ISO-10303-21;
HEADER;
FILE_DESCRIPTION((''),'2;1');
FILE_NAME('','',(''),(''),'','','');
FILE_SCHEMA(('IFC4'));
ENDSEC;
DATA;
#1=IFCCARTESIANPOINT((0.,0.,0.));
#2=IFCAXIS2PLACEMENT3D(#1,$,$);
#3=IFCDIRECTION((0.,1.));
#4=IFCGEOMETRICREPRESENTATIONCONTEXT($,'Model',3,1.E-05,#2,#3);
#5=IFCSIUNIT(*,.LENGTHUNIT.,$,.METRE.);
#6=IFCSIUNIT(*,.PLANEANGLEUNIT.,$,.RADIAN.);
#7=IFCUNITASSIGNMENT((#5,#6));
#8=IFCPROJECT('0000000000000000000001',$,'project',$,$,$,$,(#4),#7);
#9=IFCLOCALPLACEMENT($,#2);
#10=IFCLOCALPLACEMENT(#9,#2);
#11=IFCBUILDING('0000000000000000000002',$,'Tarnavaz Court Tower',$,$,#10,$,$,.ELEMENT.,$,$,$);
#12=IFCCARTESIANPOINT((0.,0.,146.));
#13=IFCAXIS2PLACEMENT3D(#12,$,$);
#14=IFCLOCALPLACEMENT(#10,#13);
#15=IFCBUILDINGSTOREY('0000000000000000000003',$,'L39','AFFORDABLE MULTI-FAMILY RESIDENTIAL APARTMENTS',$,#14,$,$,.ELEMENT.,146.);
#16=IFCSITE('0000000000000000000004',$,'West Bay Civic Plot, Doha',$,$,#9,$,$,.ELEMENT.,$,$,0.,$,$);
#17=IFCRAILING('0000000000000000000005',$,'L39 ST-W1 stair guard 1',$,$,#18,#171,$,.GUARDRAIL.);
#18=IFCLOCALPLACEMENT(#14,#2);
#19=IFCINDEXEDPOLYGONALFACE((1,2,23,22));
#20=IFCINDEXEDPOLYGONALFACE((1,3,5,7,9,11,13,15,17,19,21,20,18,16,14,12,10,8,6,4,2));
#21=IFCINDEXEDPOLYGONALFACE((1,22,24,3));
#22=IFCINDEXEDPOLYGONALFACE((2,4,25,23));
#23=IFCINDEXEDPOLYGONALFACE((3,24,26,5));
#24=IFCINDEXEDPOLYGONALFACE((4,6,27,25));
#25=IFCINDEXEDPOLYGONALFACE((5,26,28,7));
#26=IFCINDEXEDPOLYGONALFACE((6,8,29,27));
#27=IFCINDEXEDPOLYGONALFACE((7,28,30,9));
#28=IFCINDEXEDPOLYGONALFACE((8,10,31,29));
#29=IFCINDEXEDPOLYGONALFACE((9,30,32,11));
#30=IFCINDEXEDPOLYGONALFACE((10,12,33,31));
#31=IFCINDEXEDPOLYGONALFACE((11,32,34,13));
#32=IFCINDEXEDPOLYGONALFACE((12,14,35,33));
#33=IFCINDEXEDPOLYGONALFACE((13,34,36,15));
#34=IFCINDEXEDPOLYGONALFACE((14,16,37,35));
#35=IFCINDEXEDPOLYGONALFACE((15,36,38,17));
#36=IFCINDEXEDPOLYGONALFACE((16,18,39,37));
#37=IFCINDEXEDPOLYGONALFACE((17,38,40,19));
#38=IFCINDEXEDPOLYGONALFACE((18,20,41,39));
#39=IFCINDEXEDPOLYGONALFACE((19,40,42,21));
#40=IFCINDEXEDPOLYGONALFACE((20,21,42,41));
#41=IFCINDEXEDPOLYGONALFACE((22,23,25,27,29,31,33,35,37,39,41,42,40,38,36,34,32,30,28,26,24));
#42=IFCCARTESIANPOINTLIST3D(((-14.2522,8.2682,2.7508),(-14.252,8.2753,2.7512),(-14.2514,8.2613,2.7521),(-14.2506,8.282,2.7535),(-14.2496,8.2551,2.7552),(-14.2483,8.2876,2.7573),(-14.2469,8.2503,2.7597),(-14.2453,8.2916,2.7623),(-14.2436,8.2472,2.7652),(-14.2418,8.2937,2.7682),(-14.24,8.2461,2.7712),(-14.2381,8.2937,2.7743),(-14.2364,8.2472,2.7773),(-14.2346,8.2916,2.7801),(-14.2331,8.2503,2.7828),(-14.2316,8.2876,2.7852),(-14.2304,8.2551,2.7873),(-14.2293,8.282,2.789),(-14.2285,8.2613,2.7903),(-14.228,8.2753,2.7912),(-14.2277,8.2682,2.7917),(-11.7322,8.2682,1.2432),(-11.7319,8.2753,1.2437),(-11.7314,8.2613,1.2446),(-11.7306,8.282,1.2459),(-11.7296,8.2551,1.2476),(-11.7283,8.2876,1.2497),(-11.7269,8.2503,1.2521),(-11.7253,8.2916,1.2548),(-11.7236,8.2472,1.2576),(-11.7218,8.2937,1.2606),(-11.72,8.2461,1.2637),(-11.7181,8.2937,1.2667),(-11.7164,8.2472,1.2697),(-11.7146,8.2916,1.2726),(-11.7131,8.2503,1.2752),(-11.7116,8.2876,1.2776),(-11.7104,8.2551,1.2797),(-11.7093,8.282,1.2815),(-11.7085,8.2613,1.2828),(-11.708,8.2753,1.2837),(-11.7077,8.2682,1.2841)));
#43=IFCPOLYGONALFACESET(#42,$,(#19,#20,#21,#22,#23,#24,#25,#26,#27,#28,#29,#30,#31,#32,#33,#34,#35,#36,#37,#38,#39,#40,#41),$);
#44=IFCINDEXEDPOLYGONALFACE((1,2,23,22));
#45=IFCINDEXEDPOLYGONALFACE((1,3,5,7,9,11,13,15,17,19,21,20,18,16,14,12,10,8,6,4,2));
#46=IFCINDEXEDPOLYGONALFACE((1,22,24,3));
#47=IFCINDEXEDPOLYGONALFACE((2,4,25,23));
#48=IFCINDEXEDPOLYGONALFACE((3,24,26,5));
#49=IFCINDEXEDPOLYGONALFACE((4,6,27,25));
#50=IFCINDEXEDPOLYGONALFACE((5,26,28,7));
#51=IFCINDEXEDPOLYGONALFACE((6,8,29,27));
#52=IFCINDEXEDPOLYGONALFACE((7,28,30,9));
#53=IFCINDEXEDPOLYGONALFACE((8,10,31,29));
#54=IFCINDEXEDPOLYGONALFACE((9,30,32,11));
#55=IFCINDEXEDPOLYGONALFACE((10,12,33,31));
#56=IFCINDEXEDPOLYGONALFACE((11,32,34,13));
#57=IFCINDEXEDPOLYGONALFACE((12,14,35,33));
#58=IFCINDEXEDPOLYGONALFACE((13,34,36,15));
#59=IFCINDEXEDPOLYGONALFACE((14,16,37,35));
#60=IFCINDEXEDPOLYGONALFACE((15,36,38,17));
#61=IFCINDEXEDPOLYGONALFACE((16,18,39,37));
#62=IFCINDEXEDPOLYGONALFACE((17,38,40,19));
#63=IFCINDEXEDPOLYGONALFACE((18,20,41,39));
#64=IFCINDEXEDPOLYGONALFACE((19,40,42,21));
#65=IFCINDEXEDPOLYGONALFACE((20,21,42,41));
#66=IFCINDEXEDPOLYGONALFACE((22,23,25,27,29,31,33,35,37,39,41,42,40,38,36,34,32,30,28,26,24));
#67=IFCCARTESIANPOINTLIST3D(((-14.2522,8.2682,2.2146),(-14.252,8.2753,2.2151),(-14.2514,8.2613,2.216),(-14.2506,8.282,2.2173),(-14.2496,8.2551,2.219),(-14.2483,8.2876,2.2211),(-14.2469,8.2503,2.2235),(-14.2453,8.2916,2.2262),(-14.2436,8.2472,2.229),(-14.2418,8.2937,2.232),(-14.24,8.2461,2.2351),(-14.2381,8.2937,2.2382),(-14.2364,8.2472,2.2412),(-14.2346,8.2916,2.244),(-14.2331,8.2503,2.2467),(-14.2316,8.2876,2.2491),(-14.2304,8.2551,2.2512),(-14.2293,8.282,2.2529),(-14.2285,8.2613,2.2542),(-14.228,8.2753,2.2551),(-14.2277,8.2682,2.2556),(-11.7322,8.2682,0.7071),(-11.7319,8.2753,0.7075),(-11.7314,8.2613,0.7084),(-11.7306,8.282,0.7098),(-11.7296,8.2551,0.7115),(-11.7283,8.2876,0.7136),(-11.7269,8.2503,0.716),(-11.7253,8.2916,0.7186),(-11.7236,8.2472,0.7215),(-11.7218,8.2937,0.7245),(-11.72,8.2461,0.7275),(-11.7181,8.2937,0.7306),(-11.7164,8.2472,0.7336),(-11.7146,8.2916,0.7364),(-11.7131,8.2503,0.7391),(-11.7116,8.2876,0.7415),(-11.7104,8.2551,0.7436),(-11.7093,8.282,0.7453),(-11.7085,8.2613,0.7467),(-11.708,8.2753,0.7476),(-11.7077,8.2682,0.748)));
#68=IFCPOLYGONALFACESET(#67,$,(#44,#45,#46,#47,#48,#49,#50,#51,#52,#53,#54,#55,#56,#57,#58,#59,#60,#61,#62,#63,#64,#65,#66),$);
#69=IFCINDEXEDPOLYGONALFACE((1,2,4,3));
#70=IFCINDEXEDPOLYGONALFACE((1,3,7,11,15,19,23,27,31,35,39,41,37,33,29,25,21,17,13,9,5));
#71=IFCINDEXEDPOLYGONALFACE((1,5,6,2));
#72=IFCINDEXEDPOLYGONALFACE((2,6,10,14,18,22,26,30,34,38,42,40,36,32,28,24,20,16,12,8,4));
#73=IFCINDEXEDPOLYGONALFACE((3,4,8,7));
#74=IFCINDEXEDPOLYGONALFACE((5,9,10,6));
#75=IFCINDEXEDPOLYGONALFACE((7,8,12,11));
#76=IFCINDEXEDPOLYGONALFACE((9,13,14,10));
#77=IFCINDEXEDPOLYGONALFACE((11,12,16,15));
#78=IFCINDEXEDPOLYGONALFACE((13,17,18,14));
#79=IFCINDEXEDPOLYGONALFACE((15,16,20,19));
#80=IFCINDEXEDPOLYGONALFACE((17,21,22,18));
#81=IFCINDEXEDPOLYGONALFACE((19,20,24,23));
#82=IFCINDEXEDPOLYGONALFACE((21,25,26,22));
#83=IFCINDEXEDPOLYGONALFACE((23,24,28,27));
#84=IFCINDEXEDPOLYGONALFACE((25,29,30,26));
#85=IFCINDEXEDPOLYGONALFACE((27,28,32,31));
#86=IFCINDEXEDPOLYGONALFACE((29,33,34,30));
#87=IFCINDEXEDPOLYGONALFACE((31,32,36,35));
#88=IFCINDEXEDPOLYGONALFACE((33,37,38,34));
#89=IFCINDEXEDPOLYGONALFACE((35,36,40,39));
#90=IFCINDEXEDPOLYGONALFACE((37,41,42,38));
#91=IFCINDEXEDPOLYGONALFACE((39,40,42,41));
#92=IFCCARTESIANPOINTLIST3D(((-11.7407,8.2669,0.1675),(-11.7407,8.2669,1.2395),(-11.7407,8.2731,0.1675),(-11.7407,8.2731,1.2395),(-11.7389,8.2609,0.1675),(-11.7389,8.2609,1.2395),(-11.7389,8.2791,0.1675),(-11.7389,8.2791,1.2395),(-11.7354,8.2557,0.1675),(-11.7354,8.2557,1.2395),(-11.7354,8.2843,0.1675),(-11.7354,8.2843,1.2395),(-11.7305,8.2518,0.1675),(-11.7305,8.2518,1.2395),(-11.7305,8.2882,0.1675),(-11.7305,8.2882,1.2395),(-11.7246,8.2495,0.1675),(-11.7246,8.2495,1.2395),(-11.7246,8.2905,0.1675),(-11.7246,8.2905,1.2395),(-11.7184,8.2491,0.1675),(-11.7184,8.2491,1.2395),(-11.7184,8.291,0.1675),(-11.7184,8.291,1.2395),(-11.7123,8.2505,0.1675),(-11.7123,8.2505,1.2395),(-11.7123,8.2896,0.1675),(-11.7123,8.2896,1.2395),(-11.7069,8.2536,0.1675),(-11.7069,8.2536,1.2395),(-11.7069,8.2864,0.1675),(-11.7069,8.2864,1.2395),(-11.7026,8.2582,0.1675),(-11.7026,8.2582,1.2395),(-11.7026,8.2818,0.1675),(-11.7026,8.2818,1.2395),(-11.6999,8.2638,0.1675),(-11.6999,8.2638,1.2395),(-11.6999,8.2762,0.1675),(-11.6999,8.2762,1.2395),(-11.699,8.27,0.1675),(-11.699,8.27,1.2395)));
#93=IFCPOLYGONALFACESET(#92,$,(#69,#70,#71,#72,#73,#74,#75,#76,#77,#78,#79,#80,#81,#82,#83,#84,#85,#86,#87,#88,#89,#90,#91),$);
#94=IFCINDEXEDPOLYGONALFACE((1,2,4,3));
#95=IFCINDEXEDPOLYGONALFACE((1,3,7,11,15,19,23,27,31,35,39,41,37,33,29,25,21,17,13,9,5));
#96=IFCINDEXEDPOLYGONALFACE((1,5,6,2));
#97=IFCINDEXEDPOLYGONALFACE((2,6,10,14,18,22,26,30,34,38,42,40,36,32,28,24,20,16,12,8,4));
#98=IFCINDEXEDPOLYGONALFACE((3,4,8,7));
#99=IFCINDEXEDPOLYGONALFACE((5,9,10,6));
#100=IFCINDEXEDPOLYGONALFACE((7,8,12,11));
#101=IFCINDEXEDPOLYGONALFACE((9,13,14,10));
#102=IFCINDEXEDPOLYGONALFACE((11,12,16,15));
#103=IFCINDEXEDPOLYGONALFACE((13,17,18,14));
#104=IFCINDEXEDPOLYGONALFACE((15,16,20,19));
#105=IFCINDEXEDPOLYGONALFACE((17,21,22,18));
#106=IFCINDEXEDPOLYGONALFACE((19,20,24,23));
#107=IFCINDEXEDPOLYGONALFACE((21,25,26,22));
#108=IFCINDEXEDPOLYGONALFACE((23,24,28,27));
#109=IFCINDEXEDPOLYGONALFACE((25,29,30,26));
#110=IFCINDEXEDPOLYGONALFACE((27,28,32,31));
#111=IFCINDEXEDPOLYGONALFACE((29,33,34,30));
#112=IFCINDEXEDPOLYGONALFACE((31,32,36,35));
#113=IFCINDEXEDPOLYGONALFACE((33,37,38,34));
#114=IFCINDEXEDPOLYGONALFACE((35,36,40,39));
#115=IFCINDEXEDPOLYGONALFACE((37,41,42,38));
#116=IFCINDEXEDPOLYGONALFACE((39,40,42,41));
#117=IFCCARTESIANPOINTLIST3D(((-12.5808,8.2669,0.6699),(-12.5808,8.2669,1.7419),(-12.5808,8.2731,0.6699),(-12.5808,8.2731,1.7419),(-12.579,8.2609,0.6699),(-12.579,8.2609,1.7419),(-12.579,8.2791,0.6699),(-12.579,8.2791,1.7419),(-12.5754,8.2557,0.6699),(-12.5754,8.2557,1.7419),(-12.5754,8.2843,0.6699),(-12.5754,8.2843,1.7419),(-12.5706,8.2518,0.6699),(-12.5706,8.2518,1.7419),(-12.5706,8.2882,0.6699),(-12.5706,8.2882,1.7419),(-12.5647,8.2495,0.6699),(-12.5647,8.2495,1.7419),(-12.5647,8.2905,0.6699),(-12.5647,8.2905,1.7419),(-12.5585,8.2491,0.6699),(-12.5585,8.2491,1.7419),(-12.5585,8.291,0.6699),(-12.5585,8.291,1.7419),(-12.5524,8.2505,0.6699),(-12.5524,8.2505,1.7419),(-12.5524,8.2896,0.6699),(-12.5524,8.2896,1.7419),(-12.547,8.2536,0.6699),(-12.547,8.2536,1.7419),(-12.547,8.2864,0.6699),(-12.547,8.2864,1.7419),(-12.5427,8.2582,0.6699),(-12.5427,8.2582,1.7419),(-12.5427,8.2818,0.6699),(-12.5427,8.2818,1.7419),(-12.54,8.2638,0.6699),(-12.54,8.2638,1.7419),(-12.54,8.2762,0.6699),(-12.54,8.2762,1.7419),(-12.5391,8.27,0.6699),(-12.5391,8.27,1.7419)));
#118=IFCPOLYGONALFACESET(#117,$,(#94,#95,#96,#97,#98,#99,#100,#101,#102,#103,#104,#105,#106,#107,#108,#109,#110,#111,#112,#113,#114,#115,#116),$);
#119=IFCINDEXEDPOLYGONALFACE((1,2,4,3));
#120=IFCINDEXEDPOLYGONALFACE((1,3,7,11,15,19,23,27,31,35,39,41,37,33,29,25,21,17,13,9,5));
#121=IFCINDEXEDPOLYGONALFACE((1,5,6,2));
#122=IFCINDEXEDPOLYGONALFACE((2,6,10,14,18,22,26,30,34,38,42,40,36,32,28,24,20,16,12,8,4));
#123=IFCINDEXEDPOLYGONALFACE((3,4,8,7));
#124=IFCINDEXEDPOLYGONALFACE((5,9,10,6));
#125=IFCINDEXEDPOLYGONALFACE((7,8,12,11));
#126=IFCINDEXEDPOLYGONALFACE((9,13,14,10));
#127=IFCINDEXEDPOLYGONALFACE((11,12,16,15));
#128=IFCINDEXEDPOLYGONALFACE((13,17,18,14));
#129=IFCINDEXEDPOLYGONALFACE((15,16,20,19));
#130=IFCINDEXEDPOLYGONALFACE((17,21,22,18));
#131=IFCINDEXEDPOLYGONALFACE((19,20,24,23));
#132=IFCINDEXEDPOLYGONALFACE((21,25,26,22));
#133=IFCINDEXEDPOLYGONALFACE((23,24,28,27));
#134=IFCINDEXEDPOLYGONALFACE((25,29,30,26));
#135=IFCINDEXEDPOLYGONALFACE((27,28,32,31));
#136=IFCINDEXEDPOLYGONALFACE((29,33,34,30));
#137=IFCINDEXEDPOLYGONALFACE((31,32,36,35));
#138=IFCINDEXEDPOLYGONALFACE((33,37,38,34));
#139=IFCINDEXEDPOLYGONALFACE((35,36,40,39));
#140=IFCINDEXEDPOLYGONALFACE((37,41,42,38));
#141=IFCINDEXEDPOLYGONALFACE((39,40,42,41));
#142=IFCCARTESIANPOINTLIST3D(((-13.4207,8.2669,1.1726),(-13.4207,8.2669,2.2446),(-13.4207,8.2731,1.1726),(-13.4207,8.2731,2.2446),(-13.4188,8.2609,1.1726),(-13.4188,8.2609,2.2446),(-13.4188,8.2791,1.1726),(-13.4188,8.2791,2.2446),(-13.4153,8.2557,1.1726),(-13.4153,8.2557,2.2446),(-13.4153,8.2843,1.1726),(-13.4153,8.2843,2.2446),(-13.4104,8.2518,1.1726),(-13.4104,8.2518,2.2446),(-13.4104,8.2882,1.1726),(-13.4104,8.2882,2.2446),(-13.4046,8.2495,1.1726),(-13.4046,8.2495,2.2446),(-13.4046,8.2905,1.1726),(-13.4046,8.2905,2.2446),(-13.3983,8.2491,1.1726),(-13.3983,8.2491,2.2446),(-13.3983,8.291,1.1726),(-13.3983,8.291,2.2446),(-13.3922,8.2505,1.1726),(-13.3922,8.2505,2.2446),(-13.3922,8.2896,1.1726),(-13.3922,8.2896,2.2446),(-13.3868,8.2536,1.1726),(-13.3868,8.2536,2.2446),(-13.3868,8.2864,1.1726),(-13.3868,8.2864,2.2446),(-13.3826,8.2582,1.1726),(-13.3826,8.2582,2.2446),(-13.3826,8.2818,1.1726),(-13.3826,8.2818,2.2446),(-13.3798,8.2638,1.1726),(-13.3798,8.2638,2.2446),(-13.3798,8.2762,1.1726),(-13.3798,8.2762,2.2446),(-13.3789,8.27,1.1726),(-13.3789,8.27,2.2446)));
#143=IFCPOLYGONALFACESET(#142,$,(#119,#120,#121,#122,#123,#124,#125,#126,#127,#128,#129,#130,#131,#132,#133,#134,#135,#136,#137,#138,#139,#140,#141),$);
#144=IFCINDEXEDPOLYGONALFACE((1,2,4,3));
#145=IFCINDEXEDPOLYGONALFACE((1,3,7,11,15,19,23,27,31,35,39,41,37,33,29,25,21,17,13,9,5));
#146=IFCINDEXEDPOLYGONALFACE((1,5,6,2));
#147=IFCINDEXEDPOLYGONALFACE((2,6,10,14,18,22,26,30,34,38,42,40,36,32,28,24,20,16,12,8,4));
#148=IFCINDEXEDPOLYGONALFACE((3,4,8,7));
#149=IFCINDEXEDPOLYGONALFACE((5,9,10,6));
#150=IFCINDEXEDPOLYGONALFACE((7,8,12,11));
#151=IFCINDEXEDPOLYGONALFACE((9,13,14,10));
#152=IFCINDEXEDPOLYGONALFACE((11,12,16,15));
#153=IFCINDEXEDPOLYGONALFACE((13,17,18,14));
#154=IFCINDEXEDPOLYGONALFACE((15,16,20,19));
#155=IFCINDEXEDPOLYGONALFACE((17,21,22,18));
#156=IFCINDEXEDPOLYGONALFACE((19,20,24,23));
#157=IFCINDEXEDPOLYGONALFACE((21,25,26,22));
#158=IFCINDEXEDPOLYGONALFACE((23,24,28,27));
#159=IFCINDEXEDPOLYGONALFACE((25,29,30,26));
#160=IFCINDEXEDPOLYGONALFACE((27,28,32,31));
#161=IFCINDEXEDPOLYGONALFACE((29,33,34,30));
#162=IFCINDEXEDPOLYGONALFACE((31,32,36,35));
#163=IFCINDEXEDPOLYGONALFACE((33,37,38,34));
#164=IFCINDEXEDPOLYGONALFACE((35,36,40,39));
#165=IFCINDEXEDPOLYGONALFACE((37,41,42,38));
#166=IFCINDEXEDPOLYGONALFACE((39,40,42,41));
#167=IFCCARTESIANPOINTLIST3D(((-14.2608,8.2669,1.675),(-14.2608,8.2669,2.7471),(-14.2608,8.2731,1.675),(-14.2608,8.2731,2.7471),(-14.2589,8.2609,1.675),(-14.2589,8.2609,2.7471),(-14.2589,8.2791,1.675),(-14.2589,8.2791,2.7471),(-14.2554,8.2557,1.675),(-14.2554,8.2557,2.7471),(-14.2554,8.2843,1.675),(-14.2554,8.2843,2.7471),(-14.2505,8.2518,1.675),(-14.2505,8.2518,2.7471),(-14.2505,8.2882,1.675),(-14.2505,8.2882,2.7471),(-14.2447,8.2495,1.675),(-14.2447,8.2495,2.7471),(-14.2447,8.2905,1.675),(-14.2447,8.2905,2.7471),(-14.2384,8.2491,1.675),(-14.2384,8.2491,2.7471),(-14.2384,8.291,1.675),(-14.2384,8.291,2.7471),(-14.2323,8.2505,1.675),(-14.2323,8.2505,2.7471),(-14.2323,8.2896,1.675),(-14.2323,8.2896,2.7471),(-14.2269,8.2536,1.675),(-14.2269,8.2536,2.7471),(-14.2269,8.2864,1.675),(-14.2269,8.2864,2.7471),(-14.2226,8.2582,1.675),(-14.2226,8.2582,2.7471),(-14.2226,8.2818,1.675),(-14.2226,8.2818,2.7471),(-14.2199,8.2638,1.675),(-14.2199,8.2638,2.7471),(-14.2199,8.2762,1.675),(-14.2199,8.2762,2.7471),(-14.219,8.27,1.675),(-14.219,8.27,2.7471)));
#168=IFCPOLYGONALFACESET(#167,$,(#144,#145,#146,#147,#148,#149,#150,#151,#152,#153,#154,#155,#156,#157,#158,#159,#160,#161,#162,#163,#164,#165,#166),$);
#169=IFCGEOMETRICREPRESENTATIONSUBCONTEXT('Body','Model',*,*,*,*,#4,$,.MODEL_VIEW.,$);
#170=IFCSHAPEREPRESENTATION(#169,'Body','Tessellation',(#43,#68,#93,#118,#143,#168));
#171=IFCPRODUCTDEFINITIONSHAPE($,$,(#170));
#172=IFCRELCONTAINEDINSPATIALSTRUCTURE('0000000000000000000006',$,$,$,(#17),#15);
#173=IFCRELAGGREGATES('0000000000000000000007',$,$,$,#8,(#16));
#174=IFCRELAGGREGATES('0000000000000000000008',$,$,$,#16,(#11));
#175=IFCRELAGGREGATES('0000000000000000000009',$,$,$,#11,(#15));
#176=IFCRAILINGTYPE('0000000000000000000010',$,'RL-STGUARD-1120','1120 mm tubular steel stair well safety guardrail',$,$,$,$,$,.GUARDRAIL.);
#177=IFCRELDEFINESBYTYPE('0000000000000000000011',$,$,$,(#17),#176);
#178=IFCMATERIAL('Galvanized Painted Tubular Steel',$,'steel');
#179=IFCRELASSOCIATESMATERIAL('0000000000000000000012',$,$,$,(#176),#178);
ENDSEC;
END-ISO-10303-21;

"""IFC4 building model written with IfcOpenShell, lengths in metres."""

from ifc_helpers import new_model, si_unit, direction, frame, origin, origin_2d, place, context, subcontext, project, spatial, circle, extrude, material, type_object, element, save


model = new_model("IFC4")

# Units and contexts
model_context = context("Model", 3, precision=1e-05, world=origin(), true_north=direction((0.0, 1.0)))
body_context = subcontext(model_context, "Body", "Model", "MODEL_VIEW")
ifc_project = project(units=[si_unit("LENGTHUNIT", "METRE"), si_unit("PLANEANGLEUNIT", "RADIAN")], contexts=[model_context])

# Site, building, storey
site_placement = place(None, origin())
site = spatial("IfcSite", under=ifc_project, at=site_placement, Name="West Bay Civic Plot, Doha", CompositionType="ELEMENT", RefElevation=0.0)
building_placement = place(site_placement, origin())
building = spatial("IfcBuilding", under=site, at=building_placement, Name="Tarnavaz Court Tower", CompositionType="ELEMENT")
storey_placement = place(building_placement, frame((0.0, 0.0, 146.0)))
storey = spatial("IfcBuildingStorey", under=building, at=storey_placement, Name="L39", Description="AFFORDABLE MULTI-FAMILY RESIDENTIAL APARTMENTS", CompositionType="ELEMENT", Elevation=146.0)

# Railing
ifc_material_1 = material(Name="Galvanized Painted Tubular Steel", Category="steel")
railing_type_1 = type_object("IfcRailingType", Name="RL-STGUARD-1120", Description="1120 mm tubular steel stair well safety guardrail", PredefinedType="GUARDRAIL", material=ifc_material_1)
railing_1_placement = place(storey_placement, frame((-11.72, 8.27, 0.1675)))
element("IfcRailing", 1, at=railing_1_placement, inside=storey, type_object=railing_type_1, Name="L39 ST-W1 stair guard 1", PredefinedType="GUARDRAIL", context=body_context, shape_type="SweptSolid", body=[
    extrude(circle(Radius=0.0239, at=origin_2d()), frame((0.0, 0.0, 1.0962), z_axis=(-0.85816, 0.0, 0.513383), x_axis=(0.0, -1.0, 0.0)), (0.0, 0.0, 1.0), 2.9365),
    extrude(circle(Radius=0.0239, at=origin_2d()), frame((0.0, 0.0, 0.5601), z_axis=(-0.85816, 0.0, 0.513383), x_axis=(0.0, -1.0, 0.0)), (0.0, 0.0, 1.0), 2.9365),
    extrude(circle(Radius=0.021, at=origin_2d()), origin(), (0.0, 0.0, 1.0), 1.072),
    extrude(circle(Radius=0.021, at=origin_2d()), frame((-0.8401, 0.0, 0.5024)), (0.0, 0.0, 1.0), 1.072),
    extrude(circle(Radius=0.021, at=origin_2d()), frame((-1.6799, 0.0, 1.0051)), (0.0, 0.0, 1.0), 1.072),
    extrude(circle(Radius=0.021, at=origin_2d()), frame((-2.52, 0.0, 1.5076)), (0.0, 0.0, 1.0), 1.072),
])

save(model, "model.ifc")
